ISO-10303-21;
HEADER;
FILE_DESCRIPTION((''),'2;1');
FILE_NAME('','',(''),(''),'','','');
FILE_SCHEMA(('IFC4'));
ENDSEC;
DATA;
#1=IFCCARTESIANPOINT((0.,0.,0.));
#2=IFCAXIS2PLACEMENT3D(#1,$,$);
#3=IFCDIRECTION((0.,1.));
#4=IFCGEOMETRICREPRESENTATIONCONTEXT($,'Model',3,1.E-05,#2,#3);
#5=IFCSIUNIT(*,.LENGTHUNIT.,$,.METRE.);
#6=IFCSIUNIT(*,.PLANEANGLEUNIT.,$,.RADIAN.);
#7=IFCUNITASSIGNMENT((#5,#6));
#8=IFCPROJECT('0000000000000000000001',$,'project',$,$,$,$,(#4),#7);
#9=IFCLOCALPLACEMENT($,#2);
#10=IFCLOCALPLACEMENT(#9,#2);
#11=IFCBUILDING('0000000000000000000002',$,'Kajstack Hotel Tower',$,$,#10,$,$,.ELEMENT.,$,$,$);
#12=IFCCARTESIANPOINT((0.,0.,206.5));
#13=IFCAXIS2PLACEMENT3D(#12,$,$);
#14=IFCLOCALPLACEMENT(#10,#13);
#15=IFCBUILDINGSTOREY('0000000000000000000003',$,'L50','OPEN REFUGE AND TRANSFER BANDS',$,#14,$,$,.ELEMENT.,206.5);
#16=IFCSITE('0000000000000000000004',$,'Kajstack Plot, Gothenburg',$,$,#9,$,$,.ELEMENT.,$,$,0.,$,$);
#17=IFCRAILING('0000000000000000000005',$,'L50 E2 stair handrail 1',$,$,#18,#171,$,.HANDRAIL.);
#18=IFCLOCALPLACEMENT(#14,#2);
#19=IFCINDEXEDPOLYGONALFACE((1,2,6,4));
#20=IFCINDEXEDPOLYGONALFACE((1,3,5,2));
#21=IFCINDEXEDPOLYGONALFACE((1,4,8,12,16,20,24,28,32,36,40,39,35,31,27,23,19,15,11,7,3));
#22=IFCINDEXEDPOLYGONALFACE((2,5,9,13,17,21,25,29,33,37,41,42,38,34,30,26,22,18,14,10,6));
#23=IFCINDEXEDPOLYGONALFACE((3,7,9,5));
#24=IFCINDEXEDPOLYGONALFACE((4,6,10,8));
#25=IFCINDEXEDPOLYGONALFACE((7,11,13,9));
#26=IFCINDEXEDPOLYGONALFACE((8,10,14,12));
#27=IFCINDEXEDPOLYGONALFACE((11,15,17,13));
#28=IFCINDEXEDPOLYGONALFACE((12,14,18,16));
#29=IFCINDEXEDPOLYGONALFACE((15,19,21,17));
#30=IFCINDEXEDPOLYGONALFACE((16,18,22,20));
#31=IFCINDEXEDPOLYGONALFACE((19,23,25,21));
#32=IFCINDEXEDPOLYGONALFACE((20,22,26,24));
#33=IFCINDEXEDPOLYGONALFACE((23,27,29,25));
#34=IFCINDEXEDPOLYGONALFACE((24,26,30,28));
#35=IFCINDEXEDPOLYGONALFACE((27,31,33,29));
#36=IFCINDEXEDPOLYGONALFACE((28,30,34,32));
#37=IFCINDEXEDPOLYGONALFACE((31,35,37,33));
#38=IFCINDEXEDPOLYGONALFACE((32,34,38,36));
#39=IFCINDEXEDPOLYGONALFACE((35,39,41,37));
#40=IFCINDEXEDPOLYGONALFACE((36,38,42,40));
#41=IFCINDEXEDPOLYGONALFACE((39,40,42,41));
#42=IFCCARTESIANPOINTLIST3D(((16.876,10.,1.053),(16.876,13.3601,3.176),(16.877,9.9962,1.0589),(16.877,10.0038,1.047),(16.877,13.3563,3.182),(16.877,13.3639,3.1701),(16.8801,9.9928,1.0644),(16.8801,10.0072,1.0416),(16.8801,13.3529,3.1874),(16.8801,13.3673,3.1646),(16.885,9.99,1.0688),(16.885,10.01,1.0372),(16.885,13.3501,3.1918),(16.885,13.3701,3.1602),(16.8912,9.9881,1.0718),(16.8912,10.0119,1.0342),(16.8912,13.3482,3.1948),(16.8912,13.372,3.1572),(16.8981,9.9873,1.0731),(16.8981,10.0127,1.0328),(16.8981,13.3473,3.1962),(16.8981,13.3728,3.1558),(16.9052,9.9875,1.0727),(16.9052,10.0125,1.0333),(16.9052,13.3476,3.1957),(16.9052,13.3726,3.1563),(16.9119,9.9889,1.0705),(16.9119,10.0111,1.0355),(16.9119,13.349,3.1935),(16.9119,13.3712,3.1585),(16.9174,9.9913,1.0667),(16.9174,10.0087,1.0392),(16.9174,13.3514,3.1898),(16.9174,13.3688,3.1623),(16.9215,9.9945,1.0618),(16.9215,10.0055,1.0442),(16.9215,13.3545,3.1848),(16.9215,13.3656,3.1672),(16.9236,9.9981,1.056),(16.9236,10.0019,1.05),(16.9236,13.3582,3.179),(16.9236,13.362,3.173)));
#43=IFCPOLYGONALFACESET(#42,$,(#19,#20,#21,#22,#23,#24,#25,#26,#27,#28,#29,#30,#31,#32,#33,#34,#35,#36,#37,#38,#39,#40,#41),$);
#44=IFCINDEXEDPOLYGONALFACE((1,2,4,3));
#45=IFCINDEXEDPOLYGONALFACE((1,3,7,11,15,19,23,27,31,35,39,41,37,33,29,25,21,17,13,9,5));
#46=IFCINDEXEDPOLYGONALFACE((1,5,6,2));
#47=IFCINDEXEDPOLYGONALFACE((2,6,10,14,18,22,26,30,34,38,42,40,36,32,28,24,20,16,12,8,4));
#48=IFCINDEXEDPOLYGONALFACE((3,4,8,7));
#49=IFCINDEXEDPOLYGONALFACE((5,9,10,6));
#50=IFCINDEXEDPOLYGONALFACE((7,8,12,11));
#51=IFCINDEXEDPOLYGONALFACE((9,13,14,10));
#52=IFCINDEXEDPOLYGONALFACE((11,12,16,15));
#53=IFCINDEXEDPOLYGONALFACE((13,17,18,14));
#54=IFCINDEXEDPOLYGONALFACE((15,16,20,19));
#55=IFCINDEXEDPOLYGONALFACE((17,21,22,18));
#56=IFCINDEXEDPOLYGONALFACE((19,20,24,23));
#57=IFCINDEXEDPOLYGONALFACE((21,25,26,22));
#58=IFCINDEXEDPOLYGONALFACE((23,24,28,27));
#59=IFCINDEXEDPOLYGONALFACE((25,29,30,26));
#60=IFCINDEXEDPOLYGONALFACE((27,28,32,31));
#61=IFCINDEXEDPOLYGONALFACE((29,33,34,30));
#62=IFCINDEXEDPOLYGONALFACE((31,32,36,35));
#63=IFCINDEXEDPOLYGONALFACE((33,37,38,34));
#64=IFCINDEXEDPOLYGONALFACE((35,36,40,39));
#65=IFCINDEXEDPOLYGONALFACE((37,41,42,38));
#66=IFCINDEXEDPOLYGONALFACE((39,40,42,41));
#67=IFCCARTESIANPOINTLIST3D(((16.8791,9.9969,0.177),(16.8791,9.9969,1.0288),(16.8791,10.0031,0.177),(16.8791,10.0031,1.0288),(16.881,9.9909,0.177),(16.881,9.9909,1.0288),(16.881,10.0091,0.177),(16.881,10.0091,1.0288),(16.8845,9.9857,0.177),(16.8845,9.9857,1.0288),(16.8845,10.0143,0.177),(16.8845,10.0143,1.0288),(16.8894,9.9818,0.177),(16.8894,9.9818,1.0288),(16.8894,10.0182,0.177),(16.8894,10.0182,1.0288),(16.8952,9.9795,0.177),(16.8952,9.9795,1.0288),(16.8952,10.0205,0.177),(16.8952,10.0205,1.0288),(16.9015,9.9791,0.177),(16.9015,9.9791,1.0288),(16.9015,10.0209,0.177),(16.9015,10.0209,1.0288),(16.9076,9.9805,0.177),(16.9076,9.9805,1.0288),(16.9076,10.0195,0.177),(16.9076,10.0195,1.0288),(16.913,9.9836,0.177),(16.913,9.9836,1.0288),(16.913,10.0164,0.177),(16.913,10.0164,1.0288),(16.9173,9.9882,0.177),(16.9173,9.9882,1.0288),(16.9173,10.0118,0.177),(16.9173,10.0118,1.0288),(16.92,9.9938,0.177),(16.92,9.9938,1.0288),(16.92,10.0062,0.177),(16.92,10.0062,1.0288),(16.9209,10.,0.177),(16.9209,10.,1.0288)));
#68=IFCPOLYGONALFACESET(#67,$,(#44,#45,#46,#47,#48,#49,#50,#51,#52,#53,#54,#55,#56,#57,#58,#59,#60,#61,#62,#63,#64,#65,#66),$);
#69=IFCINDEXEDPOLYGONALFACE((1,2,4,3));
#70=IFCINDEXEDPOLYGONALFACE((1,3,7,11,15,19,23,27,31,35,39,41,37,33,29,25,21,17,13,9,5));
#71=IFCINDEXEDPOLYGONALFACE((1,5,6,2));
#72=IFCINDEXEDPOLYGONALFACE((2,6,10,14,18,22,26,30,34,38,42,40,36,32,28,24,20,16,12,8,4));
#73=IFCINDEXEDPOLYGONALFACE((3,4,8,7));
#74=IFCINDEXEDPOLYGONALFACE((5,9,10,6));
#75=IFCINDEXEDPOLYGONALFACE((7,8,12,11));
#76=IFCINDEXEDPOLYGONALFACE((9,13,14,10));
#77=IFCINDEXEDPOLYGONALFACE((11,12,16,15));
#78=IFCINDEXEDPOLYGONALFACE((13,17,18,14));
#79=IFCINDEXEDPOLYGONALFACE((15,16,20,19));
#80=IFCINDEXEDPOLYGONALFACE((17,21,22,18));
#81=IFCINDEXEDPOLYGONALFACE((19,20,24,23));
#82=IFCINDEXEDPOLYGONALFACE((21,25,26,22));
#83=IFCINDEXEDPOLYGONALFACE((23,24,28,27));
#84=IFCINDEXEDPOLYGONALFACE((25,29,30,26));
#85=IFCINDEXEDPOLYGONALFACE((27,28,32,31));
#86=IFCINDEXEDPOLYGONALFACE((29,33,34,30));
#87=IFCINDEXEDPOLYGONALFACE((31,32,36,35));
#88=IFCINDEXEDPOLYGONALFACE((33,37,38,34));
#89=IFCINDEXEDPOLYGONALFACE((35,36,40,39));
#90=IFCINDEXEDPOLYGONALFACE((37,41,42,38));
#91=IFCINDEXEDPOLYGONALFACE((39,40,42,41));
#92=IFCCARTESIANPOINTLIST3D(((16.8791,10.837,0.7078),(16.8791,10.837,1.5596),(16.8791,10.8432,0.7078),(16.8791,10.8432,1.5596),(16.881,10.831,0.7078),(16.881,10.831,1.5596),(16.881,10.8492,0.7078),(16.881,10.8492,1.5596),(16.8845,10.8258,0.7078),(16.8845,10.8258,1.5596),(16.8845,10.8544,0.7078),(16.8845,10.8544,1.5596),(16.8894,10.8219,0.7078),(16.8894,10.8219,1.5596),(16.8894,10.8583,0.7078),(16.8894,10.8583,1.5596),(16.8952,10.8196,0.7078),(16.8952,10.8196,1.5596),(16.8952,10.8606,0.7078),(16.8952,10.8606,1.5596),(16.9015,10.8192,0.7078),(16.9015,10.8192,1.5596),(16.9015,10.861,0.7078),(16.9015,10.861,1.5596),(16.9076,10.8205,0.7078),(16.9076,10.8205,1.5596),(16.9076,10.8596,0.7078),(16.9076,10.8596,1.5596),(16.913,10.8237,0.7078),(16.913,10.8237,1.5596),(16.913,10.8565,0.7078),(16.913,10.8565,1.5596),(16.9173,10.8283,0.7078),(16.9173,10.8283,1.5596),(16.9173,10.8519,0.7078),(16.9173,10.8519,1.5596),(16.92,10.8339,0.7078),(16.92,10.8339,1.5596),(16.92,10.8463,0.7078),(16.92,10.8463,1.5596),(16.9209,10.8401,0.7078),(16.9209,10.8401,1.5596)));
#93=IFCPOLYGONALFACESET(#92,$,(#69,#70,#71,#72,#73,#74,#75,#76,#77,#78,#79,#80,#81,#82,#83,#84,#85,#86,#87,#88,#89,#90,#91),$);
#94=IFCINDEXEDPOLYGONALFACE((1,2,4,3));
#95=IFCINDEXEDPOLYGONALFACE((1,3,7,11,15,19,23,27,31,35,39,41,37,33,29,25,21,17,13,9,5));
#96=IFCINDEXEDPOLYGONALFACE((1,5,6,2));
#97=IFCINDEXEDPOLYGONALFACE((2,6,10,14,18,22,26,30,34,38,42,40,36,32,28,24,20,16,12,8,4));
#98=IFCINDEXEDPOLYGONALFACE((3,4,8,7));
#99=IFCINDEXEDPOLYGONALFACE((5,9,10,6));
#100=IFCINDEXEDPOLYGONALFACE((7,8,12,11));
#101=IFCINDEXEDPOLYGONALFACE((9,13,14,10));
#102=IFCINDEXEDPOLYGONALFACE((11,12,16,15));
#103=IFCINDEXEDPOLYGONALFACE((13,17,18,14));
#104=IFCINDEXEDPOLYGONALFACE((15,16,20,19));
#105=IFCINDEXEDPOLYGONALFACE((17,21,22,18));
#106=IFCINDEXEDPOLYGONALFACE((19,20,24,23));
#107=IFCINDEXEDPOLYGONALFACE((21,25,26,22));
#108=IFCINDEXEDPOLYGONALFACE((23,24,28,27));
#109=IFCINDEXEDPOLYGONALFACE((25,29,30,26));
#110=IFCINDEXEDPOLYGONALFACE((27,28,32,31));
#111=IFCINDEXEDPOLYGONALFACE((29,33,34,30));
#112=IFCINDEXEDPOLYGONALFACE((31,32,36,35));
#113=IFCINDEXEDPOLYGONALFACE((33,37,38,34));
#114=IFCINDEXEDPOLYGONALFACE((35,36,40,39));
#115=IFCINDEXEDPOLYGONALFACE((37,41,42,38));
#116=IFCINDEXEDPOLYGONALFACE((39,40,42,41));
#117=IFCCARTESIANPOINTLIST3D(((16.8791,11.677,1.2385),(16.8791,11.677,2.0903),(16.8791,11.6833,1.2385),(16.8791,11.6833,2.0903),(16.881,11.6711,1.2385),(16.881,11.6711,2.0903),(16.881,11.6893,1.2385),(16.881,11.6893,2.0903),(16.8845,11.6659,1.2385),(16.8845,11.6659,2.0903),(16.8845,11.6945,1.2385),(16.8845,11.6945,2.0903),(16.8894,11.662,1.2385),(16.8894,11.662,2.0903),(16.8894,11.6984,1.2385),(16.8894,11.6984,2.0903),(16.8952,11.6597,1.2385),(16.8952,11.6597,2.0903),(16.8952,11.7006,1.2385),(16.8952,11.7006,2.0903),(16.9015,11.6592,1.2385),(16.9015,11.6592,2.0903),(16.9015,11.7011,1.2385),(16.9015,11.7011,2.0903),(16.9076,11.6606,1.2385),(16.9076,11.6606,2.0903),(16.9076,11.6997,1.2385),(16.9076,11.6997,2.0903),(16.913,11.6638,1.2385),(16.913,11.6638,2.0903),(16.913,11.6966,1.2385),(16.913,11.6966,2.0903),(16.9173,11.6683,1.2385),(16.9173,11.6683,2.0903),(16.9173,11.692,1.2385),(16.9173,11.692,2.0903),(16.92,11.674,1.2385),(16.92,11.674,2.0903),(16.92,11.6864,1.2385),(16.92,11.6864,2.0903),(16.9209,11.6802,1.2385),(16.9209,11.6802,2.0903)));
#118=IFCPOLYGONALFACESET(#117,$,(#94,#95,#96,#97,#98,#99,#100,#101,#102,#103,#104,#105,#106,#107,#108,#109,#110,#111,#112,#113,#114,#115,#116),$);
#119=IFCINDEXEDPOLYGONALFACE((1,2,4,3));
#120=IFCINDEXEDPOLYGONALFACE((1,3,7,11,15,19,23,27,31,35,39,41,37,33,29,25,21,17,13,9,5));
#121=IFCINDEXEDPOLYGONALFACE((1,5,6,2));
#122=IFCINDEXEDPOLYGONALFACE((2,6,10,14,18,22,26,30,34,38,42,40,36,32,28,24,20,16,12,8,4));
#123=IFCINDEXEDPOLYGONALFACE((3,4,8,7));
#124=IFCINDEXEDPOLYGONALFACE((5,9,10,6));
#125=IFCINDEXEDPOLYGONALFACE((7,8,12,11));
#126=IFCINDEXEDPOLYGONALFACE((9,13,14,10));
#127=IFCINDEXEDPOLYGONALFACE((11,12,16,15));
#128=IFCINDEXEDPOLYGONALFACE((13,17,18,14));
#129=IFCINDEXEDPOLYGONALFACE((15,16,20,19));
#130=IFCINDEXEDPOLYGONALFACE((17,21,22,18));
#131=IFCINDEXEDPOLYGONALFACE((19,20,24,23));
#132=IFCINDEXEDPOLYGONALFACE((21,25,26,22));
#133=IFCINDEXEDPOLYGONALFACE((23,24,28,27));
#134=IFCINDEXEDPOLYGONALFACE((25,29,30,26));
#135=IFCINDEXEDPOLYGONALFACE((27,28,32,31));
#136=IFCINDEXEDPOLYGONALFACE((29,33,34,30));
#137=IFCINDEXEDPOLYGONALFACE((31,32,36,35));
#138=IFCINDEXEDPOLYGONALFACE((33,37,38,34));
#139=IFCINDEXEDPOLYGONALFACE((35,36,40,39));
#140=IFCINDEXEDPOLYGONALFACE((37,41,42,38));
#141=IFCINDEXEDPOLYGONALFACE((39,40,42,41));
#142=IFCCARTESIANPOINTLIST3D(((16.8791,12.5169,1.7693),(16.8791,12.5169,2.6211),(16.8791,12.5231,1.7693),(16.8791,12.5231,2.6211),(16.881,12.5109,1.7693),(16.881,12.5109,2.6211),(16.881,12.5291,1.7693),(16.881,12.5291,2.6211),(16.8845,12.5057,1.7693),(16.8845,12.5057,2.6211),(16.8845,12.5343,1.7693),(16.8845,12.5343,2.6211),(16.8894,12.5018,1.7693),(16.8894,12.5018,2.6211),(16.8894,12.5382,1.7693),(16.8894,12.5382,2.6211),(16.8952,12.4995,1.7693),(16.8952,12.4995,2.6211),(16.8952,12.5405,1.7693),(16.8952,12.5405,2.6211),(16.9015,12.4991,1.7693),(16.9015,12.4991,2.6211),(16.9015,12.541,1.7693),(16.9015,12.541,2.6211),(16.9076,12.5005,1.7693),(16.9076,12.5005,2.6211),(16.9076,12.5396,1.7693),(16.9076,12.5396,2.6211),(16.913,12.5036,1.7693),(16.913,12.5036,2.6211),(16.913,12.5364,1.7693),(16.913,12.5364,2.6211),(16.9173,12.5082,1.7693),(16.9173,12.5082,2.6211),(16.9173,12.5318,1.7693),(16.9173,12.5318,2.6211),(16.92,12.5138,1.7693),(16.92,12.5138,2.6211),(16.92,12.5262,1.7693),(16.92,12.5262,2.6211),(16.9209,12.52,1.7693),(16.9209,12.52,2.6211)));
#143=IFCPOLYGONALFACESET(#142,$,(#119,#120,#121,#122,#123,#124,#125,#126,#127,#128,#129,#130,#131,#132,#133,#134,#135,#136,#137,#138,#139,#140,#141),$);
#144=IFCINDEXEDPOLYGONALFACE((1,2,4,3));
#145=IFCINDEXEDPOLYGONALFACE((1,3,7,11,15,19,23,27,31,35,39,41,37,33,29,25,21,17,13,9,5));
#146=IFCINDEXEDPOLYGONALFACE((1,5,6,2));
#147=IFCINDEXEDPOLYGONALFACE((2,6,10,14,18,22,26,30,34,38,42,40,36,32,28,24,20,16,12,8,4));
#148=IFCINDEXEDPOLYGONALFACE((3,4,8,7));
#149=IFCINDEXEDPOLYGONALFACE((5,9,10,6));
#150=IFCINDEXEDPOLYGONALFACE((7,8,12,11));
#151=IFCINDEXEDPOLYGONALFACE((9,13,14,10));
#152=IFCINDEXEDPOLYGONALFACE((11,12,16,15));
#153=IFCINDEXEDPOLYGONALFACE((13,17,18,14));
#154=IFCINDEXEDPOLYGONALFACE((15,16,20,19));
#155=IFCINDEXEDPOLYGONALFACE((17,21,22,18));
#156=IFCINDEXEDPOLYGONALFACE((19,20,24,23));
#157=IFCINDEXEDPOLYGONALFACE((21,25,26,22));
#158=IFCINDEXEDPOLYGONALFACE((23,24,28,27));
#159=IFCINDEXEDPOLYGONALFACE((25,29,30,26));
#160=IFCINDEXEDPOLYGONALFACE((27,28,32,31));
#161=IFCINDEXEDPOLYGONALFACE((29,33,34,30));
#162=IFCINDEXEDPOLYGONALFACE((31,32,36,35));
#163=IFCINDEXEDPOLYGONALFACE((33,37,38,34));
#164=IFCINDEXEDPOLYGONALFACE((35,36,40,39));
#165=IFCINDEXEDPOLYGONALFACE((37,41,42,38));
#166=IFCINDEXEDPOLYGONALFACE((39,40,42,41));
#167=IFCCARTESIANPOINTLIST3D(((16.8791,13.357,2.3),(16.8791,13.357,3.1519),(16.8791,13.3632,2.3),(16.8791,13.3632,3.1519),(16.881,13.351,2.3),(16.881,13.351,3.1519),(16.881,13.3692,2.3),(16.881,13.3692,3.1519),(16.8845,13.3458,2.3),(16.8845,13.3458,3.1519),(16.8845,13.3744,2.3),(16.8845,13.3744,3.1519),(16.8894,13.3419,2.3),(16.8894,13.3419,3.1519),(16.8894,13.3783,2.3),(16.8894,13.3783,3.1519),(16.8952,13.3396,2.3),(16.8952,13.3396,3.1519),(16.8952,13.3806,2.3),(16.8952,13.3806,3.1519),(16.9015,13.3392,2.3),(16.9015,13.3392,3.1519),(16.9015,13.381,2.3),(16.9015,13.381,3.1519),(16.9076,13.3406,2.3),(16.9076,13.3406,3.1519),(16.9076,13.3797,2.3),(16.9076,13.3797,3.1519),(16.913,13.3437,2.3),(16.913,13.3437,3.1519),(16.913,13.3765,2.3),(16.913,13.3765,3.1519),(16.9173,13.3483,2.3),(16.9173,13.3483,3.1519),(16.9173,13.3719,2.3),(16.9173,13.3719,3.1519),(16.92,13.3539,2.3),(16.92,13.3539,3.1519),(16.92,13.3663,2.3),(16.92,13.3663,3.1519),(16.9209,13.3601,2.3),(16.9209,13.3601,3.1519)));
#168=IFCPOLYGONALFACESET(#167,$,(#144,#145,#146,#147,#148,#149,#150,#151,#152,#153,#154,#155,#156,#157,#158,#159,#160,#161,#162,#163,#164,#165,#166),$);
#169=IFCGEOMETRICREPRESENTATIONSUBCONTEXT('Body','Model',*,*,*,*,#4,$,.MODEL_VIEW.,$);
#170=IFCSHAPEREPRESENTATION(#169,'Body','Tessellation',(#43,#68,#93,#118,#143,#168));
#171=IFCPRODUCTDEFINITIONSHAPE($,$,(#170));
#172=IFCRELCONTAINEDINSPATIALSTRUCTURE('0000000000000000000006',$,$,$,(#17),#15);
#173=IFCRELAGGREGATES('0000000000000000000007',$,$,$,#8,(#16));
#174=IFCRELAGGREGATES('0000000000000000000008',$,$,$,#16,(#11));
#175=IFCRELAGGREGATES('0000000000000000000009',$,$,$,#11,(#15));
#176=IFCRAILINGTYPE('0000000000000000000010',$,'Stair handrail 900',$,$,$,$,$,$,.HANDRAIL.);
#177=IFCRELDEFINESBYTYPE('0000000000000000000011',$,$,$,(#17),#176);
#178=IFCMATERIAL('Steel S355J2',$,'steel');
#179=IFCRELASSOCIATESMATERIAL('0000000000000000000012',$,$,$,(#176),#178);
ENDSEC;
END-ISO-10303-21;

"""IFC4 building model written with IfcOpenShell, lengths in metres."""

from ifc_helpers import new_model, si_unit, direction, frame, origin, origin_2d, place, context, subcontext, project, spatial, circle, extrude, material, type_object, element, save


model = new_model("IFC4")

# Units and contexts
model_context = context("Model", 3, precision=1e-05, world=origin(), true_north=direction((0.0, 1.0)))
body_context = subcontext(model_context, "Body", "Model", "MODEL_VIEW")
ifc_project = project(units=[si_unit("LENGTHUNIT", "METRE"), si_unit("PLANEANGLEUNIT", "RADIAN")], contexts=[model_context])

# Site, building, storey
site_placement = place(None, origin())
site = spatial("IfcSite", under=ifc_project, at=site_placement, Name="Kajstack Plot, Gothenburg", CompositionType="ELEMENT", RefElevation=0.0)
building_placement = place(site_placement, origin())
building = spatial("IfcBuilding", under=site, at=building_placement, Name="Kajstack Hotel Tower", CompositionType="ELEMENT")
storey_placement = place(building_placement, frame((0.0, 0.0, 206.5)))
storey = spatial("IfcBuildingStorey", under=building, at=storey_placement, Name="L50", Description="OPEN REFUGE AND TRANSFER BANDS", CompositionType="ELEMENT", Elevation=206.5)

# Shared definitions
ifc_material_1 = material(Name="Steel S355J2", Category="steel")

# Railing
railing_type_1 = type_object("IfcRailingType", Name="Stair handrail 900", PredefinedType="HANDRAIL", material=ifc_material_1)
railing_1_placement = place(storey_placement, frame((16.8999, 10.0, 0.177)))
element("IfcRailing", 1, at=railing_1_placement, inside=storey, type_object=railing_type_1, Name="L50 E2 stair handrail 1", PredefinedType="HANDRAIL", context=body_context, shape_type="SweptSolid", body=[
    extrude(circle(Radius=0.0239, at=origin_2d()), frame((0.0, 0.0, 0.876), z_axis=(0.0, 0.84539, 0.53415), x_axis=(-1.0, 0.0, 0.0)), (0.0, 0.0, 1.0), 3.9746),
    extrude(circle(Radius=0.021, at=origin_2d()), origin(), (0.0, 0.0, 1.0), 0.8518),
    extrude(circle(Radius=0.021, at=origin_2d()), frame((0.0, 0.8401, 0.5308)), (0.0, 0.0, 1.0), 0.8518),
    extrude(circle(Radius=0.021, at=origin_2d()), frame((0.0, 1.6802, 1.0615)), (0.0, 0.0, 1.0), 0.8518),
    extrude(circle(Radius=0.021, at=origin_2d()), frame((0.0, 2.52, 1.5923)), (0.0, 0.0, 1.0), 0.8518),
    extrude(circle(Radius=0.021, at=origin_2d()), frame((0.0, 3.3601, 2.123)), (0.0, 0.0, 1.0), 0.8518),
])

save(model, "model.ifc")
